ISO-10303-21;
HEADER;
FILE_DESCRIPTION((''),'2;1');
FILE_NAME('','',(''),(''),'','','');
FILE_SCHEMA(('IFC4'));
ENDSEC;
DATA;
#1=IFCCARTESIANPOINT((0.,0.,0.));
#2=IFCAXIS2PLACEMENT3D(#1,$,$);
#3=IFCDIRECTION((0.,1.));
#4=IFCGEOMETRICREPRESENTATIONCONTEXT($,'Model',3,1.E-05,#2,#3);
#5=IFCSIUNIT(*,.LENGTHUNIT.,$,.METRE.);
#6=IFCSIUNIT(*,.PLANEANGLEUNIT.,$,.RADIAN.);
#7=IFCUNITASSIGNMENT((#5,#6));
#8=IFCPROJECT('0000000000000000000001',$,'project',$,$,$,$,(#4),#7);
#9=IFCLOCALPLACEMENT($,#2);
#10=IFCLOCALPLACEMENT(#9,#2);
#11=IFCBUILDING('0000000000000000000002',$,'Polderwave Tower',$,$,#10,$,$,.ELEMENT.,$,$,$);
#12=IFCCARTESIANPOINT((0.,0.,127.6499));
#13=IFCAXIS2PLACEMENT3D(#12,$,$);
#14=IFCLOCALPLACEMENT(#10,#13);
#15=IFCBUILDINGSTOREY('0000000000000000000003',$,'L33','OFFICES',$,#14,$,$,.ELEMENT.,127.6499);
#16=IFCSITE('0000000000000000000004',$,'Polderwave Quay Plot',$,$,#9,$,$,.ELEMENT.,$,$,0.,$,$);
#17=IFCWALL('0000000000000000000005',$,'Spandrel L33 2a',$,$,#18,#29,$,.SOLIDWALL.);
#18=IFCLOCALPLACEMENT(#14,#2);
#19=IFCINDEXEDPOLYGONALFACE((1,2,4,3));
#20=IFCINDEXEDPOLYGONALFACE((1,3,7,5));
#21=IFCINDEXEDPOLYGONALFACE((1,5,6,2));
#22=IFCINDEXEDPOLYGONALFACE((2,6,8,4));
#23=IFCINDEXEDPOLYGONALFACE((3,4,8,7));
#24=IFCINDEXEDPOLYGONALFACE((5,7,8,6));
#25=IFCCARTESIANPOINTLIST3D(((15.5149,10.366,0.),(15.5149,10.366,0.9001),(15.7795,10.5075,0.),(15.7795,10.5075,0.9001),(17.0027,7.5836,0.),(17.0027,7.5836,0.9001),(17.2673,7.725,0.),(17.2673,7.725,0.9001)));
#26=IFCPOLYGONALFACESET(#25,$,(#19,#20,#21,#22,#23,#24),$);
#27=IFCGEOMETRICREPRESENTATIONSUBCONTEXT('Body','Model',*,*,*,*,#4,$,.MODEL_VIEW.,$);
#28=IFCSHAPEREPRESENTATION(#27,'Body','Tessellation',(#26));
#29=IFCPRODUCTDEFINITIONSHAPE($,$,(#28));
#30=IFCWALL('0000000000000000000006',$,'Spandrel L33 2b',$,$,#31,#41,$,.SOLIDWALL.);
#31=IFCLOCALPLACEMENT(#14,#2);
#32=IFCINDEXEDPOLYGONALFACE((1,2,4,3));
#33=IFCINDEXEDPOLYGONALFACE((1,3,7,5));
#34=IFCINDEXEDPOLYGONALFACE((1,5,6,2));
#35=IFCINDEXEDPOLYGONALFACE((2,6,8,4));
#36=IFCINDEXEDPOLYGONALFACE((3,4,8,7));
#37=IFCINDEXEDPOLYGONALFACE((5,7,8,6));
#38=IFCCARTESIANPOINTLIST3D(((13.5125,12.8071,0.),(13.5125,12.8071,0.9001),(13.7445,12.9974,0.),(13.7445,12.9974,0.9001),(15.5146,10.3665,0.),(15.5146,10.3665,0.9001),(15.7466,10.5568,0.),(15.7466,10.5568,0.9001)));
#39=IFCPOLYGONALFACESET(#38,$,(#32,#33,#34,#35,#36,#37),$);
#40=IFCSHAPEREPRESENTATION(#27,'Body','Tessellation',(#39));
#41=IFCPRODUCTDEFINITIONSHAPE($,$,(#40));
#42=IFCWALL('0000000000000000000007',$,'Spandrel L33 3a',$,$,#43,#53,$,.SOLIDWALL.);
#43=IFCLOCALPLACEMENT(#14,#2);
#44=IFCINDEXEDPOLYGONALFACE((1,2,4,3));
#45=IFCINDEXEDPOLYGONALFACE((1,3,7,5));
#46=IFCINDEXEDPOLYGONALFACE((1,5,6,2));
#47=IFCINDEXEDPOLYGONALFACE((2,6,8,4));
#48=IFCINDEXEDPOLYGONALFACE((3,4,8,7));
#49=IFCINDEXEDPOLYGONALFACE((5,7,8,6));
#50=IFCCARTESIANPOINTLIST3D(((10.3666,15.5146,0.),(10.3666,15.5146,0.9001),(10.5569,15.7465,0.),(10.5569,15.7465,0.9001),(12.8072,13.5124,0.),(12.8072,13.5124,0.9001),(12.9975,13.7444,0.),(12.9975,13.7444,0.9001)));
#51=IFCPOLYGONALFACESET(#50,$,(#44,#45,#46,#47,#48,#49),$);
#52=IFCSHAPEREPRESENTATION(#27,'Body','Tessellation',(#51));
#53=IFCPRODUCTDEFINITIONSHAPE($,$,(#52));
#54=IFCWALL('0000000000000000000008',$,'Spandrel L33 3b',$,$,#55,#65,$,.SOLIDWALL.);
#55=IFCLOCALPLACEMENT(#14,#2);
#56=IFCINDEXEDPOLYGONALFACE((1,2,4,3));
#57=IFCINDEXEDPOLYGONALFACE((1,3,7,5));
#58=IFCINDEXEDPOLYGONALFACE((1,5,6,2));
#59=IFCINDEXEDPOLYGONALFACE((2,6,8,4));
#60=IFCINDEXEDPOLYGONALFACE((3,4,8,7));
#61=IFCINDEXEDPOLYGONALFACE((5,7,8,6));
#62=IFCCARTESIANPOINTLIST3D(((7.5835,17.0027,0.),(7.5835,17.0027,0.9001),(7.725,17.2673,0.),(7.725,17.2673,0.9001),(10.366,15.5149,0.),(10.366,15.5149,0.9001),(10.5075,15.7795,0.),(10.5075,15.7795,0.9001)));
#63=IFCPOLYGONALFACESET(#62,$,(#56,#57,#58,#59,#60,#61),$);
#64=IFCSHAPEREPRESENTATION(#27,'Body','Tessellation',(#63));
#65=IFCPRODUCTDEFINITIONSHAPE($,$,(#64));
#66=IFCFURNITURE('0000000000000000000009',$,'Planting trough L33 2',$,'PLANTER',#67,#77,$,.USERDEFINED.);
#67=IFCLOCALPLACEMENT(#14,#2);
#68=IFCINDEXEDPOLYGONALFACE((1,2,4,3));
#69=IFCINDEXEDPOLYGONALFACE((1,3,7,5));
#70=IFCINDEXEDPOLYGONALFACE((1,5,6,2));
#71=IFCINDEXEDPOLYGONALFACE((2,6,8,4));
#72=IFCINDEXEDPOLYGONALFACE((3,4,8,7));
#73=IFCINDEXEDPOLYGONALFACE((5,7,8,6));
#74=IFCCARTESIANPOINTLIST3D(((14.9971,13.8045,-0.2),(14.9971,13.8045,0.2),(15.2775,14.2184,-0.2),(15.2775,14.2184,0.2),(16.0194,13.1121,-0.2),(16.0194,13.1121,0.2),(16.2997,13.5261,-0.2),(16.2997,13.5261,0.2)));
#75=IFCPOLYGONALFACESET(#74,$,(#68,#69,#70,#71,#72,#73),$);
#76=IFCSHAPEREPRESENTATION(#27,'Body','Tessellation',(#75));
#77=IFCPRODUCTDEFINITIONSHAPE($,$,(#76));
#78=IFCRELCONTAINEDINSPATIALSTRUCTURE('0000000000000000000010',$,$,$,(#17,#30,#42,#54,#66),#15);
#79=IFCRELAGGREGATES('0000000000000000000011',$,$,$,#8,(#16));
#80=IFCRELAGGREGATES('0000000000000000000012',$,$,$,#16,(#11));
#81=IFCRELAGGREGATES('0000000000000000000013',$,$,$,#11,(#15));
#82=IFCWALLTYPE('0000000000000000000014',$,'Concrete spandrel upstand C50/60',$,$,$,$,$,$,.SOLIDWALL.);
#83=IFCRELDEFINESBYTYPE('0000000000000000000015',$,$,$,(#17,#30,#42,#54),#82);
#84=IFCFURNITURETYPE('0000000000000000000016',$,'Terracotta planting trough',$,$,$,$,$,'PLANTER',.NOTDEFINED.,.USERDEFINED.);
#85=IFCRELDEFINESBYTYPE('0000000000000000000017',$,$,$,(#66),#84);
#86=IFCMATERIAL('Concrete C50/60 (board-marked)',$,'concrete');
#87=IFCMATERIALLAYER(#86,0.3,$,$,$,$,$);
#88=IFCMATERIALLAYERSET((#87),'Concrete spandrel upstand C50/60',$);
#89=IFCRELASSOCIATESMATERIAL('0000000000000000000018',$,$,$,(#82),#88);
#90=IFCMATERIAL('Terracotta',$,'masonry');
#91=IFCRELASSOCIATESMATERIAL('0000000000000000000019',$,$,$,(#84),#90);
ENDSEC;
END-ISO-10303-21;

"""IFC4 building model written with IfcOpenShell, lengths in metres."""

from ifc_helpers import new_model, si_unit, direction, frame, frame_2d, origin, origin_2d, place, context, subcontext, project, spatial, rectangle, extrude, material, layer, layer_set, type_object, element, save


model = new_model("IFC4")

# Units and contexts
model_context = context("Model", 3, precision=1e-05, world=origin(), true_north=direction((0.0, 1.0)))
body_context = subcontext(model_context, "Body", "Model", "MODEL_VIEW")
ifc_project = project(units=[si_unit("LENGTHUNIT", "METRE"), si_unit("PLANEANGLEUNIT", "RADIAN")], contexts=[model_context])

# Site, building, storey
site_placement = place(None, origin())
site = spatial("IfcSite", under=ifc_project, at=site_placement, Name="Polderwave Quay Plot", CompositionType="ELEMENT", RefElevation=0.0)
building_placement = place(site_placement, origin())
building = spatial("IfcBuilding", under=site, at=building_placement, Name="Polderwave Tower", CompositionType="ELEMENT")
storey_placement = place(building_placement, frame((0.0, 0.0, 127.6499)))
storey = spatial("IfcBuildingStorey", under=building, at=storey_placement, Name="L33", Description="OFFICES", CompositionType="ELEMENT", Elevation=127.6499)

# Walls
ifc_material_1 = material(Name="Concrete C50/60 (board-marked)", Category="concrete")
ifc_layer_1 = layer(ifc_material_1, 0.3)
ifc_layer_set_1 = layer_set([ifc_layer_1], Name="Concrete spandrel upstand C50/60")
wall_type = type_object("IfcWallType", Name="Concrete spandrel upstand C50/60", PredefinedType="SOLIDWALL", material=ifc_layer_set_1)
wall_1_placement = place(storey_placement, frame((17.135, 7.6543, 0.0), z_axis=(0.0, 0.0, 1.0), x_axis=(-0.471528, 0.881851, 0.0)))
element("IfcWall", 1, at=wall_1_placement, inside=storey, type_object=wall_type, Name="Spandrel L33 2a", PredefinedType="SOLIDWALL", context=body_context, shape_type="SweptSolid", body=[
    extrude(rectangle(XDim=3.1553, YDim=0.3, at=frame_2d((1.5776, 0.0))), origin(), (0.0, 0.0, 1.0), 0.9001),
])
for number, where, z_axis, x_axis, name in (
    (2, (15.6306, 10.4617, 0.0), (0.0, 0.0, 1.0), (-0.63424, 0.773137, 0.0), "Spandrel L33 2b"),
    (3, (12.9023, 13.6284, 0.0), (0.0, 0.0, 1.0), (-0.773137, 0.63424, 0.0), "Spandrel L33 3a"),
):
    element("IfcWall", number, at=place(storey_placement, frame(where, z_axis=z_axis, x_axis=x_axis)), inside=storey, type_object=wall_type, Name=name, PredefinedType="SOLIDWALL", context=body_context, shape_type="SweptSolid", body=[
        extrude(rectangle(XDim=3.1567, YDim=0.3, at=frame_2d((1.5784, 0.0))), origin(), (0.0, 0.0, 1.0), 0.9001),
    ])
wall_2_placement = place(storey_placement, frame((10.4368, 15.6472, 0.0), z_axis=(0.0, 0.0, 1.0), x_axis=(-0.881851, 0.471528, 0.0)))
element("IfcWall", 4, at=wall_2_placement, inside=storey, type_object=wall_type, Name="Spandrel L33 3b", PredefinedType="SOLIDWALL", context=body_context, shape_type="SweptSolid", body=[
    extrude(rectangle(XDim=3.1553, YDim=0.3, at=frame_2d((1.5776, 0.0))), origin(), (0.0, 0.0, 1.0), 0.9001),
])

# Furniture
ifc_material_2 = material(Name="Terracotta", Category="masonry")
furniture_type = type_object("IfcFurnitureType", Name="Terracotta planting trough", ElementType="PLANTER", AssemblyPlace="NOTDEFINED", PredefinedType="USERDEFINED", material=ifc_material_2)
furniture_placement = place(storey_placement, frame((15.6484, 13.6653, -0.2), z_axis=(0.0, 0.0, 1.0), x_axis=(-0.827969, 0.560773, 0.0)))
element("IfcFurniture", 5, at=furniture_placement, inside=storey, type_object=furniture_type, Name="Planting trough L33 2", ObjectType="PLANTER", PredefinedType="USERDEFINED", context=body_context, shape_type="SweptSolid", body=[
    extrude(rectangle(XDim=1.2346, YDim=0.5, at=origin_2d()), origin(), (0.0, 0.0, 1.0), 0.3999),
])

save(model, "model.ifc")
